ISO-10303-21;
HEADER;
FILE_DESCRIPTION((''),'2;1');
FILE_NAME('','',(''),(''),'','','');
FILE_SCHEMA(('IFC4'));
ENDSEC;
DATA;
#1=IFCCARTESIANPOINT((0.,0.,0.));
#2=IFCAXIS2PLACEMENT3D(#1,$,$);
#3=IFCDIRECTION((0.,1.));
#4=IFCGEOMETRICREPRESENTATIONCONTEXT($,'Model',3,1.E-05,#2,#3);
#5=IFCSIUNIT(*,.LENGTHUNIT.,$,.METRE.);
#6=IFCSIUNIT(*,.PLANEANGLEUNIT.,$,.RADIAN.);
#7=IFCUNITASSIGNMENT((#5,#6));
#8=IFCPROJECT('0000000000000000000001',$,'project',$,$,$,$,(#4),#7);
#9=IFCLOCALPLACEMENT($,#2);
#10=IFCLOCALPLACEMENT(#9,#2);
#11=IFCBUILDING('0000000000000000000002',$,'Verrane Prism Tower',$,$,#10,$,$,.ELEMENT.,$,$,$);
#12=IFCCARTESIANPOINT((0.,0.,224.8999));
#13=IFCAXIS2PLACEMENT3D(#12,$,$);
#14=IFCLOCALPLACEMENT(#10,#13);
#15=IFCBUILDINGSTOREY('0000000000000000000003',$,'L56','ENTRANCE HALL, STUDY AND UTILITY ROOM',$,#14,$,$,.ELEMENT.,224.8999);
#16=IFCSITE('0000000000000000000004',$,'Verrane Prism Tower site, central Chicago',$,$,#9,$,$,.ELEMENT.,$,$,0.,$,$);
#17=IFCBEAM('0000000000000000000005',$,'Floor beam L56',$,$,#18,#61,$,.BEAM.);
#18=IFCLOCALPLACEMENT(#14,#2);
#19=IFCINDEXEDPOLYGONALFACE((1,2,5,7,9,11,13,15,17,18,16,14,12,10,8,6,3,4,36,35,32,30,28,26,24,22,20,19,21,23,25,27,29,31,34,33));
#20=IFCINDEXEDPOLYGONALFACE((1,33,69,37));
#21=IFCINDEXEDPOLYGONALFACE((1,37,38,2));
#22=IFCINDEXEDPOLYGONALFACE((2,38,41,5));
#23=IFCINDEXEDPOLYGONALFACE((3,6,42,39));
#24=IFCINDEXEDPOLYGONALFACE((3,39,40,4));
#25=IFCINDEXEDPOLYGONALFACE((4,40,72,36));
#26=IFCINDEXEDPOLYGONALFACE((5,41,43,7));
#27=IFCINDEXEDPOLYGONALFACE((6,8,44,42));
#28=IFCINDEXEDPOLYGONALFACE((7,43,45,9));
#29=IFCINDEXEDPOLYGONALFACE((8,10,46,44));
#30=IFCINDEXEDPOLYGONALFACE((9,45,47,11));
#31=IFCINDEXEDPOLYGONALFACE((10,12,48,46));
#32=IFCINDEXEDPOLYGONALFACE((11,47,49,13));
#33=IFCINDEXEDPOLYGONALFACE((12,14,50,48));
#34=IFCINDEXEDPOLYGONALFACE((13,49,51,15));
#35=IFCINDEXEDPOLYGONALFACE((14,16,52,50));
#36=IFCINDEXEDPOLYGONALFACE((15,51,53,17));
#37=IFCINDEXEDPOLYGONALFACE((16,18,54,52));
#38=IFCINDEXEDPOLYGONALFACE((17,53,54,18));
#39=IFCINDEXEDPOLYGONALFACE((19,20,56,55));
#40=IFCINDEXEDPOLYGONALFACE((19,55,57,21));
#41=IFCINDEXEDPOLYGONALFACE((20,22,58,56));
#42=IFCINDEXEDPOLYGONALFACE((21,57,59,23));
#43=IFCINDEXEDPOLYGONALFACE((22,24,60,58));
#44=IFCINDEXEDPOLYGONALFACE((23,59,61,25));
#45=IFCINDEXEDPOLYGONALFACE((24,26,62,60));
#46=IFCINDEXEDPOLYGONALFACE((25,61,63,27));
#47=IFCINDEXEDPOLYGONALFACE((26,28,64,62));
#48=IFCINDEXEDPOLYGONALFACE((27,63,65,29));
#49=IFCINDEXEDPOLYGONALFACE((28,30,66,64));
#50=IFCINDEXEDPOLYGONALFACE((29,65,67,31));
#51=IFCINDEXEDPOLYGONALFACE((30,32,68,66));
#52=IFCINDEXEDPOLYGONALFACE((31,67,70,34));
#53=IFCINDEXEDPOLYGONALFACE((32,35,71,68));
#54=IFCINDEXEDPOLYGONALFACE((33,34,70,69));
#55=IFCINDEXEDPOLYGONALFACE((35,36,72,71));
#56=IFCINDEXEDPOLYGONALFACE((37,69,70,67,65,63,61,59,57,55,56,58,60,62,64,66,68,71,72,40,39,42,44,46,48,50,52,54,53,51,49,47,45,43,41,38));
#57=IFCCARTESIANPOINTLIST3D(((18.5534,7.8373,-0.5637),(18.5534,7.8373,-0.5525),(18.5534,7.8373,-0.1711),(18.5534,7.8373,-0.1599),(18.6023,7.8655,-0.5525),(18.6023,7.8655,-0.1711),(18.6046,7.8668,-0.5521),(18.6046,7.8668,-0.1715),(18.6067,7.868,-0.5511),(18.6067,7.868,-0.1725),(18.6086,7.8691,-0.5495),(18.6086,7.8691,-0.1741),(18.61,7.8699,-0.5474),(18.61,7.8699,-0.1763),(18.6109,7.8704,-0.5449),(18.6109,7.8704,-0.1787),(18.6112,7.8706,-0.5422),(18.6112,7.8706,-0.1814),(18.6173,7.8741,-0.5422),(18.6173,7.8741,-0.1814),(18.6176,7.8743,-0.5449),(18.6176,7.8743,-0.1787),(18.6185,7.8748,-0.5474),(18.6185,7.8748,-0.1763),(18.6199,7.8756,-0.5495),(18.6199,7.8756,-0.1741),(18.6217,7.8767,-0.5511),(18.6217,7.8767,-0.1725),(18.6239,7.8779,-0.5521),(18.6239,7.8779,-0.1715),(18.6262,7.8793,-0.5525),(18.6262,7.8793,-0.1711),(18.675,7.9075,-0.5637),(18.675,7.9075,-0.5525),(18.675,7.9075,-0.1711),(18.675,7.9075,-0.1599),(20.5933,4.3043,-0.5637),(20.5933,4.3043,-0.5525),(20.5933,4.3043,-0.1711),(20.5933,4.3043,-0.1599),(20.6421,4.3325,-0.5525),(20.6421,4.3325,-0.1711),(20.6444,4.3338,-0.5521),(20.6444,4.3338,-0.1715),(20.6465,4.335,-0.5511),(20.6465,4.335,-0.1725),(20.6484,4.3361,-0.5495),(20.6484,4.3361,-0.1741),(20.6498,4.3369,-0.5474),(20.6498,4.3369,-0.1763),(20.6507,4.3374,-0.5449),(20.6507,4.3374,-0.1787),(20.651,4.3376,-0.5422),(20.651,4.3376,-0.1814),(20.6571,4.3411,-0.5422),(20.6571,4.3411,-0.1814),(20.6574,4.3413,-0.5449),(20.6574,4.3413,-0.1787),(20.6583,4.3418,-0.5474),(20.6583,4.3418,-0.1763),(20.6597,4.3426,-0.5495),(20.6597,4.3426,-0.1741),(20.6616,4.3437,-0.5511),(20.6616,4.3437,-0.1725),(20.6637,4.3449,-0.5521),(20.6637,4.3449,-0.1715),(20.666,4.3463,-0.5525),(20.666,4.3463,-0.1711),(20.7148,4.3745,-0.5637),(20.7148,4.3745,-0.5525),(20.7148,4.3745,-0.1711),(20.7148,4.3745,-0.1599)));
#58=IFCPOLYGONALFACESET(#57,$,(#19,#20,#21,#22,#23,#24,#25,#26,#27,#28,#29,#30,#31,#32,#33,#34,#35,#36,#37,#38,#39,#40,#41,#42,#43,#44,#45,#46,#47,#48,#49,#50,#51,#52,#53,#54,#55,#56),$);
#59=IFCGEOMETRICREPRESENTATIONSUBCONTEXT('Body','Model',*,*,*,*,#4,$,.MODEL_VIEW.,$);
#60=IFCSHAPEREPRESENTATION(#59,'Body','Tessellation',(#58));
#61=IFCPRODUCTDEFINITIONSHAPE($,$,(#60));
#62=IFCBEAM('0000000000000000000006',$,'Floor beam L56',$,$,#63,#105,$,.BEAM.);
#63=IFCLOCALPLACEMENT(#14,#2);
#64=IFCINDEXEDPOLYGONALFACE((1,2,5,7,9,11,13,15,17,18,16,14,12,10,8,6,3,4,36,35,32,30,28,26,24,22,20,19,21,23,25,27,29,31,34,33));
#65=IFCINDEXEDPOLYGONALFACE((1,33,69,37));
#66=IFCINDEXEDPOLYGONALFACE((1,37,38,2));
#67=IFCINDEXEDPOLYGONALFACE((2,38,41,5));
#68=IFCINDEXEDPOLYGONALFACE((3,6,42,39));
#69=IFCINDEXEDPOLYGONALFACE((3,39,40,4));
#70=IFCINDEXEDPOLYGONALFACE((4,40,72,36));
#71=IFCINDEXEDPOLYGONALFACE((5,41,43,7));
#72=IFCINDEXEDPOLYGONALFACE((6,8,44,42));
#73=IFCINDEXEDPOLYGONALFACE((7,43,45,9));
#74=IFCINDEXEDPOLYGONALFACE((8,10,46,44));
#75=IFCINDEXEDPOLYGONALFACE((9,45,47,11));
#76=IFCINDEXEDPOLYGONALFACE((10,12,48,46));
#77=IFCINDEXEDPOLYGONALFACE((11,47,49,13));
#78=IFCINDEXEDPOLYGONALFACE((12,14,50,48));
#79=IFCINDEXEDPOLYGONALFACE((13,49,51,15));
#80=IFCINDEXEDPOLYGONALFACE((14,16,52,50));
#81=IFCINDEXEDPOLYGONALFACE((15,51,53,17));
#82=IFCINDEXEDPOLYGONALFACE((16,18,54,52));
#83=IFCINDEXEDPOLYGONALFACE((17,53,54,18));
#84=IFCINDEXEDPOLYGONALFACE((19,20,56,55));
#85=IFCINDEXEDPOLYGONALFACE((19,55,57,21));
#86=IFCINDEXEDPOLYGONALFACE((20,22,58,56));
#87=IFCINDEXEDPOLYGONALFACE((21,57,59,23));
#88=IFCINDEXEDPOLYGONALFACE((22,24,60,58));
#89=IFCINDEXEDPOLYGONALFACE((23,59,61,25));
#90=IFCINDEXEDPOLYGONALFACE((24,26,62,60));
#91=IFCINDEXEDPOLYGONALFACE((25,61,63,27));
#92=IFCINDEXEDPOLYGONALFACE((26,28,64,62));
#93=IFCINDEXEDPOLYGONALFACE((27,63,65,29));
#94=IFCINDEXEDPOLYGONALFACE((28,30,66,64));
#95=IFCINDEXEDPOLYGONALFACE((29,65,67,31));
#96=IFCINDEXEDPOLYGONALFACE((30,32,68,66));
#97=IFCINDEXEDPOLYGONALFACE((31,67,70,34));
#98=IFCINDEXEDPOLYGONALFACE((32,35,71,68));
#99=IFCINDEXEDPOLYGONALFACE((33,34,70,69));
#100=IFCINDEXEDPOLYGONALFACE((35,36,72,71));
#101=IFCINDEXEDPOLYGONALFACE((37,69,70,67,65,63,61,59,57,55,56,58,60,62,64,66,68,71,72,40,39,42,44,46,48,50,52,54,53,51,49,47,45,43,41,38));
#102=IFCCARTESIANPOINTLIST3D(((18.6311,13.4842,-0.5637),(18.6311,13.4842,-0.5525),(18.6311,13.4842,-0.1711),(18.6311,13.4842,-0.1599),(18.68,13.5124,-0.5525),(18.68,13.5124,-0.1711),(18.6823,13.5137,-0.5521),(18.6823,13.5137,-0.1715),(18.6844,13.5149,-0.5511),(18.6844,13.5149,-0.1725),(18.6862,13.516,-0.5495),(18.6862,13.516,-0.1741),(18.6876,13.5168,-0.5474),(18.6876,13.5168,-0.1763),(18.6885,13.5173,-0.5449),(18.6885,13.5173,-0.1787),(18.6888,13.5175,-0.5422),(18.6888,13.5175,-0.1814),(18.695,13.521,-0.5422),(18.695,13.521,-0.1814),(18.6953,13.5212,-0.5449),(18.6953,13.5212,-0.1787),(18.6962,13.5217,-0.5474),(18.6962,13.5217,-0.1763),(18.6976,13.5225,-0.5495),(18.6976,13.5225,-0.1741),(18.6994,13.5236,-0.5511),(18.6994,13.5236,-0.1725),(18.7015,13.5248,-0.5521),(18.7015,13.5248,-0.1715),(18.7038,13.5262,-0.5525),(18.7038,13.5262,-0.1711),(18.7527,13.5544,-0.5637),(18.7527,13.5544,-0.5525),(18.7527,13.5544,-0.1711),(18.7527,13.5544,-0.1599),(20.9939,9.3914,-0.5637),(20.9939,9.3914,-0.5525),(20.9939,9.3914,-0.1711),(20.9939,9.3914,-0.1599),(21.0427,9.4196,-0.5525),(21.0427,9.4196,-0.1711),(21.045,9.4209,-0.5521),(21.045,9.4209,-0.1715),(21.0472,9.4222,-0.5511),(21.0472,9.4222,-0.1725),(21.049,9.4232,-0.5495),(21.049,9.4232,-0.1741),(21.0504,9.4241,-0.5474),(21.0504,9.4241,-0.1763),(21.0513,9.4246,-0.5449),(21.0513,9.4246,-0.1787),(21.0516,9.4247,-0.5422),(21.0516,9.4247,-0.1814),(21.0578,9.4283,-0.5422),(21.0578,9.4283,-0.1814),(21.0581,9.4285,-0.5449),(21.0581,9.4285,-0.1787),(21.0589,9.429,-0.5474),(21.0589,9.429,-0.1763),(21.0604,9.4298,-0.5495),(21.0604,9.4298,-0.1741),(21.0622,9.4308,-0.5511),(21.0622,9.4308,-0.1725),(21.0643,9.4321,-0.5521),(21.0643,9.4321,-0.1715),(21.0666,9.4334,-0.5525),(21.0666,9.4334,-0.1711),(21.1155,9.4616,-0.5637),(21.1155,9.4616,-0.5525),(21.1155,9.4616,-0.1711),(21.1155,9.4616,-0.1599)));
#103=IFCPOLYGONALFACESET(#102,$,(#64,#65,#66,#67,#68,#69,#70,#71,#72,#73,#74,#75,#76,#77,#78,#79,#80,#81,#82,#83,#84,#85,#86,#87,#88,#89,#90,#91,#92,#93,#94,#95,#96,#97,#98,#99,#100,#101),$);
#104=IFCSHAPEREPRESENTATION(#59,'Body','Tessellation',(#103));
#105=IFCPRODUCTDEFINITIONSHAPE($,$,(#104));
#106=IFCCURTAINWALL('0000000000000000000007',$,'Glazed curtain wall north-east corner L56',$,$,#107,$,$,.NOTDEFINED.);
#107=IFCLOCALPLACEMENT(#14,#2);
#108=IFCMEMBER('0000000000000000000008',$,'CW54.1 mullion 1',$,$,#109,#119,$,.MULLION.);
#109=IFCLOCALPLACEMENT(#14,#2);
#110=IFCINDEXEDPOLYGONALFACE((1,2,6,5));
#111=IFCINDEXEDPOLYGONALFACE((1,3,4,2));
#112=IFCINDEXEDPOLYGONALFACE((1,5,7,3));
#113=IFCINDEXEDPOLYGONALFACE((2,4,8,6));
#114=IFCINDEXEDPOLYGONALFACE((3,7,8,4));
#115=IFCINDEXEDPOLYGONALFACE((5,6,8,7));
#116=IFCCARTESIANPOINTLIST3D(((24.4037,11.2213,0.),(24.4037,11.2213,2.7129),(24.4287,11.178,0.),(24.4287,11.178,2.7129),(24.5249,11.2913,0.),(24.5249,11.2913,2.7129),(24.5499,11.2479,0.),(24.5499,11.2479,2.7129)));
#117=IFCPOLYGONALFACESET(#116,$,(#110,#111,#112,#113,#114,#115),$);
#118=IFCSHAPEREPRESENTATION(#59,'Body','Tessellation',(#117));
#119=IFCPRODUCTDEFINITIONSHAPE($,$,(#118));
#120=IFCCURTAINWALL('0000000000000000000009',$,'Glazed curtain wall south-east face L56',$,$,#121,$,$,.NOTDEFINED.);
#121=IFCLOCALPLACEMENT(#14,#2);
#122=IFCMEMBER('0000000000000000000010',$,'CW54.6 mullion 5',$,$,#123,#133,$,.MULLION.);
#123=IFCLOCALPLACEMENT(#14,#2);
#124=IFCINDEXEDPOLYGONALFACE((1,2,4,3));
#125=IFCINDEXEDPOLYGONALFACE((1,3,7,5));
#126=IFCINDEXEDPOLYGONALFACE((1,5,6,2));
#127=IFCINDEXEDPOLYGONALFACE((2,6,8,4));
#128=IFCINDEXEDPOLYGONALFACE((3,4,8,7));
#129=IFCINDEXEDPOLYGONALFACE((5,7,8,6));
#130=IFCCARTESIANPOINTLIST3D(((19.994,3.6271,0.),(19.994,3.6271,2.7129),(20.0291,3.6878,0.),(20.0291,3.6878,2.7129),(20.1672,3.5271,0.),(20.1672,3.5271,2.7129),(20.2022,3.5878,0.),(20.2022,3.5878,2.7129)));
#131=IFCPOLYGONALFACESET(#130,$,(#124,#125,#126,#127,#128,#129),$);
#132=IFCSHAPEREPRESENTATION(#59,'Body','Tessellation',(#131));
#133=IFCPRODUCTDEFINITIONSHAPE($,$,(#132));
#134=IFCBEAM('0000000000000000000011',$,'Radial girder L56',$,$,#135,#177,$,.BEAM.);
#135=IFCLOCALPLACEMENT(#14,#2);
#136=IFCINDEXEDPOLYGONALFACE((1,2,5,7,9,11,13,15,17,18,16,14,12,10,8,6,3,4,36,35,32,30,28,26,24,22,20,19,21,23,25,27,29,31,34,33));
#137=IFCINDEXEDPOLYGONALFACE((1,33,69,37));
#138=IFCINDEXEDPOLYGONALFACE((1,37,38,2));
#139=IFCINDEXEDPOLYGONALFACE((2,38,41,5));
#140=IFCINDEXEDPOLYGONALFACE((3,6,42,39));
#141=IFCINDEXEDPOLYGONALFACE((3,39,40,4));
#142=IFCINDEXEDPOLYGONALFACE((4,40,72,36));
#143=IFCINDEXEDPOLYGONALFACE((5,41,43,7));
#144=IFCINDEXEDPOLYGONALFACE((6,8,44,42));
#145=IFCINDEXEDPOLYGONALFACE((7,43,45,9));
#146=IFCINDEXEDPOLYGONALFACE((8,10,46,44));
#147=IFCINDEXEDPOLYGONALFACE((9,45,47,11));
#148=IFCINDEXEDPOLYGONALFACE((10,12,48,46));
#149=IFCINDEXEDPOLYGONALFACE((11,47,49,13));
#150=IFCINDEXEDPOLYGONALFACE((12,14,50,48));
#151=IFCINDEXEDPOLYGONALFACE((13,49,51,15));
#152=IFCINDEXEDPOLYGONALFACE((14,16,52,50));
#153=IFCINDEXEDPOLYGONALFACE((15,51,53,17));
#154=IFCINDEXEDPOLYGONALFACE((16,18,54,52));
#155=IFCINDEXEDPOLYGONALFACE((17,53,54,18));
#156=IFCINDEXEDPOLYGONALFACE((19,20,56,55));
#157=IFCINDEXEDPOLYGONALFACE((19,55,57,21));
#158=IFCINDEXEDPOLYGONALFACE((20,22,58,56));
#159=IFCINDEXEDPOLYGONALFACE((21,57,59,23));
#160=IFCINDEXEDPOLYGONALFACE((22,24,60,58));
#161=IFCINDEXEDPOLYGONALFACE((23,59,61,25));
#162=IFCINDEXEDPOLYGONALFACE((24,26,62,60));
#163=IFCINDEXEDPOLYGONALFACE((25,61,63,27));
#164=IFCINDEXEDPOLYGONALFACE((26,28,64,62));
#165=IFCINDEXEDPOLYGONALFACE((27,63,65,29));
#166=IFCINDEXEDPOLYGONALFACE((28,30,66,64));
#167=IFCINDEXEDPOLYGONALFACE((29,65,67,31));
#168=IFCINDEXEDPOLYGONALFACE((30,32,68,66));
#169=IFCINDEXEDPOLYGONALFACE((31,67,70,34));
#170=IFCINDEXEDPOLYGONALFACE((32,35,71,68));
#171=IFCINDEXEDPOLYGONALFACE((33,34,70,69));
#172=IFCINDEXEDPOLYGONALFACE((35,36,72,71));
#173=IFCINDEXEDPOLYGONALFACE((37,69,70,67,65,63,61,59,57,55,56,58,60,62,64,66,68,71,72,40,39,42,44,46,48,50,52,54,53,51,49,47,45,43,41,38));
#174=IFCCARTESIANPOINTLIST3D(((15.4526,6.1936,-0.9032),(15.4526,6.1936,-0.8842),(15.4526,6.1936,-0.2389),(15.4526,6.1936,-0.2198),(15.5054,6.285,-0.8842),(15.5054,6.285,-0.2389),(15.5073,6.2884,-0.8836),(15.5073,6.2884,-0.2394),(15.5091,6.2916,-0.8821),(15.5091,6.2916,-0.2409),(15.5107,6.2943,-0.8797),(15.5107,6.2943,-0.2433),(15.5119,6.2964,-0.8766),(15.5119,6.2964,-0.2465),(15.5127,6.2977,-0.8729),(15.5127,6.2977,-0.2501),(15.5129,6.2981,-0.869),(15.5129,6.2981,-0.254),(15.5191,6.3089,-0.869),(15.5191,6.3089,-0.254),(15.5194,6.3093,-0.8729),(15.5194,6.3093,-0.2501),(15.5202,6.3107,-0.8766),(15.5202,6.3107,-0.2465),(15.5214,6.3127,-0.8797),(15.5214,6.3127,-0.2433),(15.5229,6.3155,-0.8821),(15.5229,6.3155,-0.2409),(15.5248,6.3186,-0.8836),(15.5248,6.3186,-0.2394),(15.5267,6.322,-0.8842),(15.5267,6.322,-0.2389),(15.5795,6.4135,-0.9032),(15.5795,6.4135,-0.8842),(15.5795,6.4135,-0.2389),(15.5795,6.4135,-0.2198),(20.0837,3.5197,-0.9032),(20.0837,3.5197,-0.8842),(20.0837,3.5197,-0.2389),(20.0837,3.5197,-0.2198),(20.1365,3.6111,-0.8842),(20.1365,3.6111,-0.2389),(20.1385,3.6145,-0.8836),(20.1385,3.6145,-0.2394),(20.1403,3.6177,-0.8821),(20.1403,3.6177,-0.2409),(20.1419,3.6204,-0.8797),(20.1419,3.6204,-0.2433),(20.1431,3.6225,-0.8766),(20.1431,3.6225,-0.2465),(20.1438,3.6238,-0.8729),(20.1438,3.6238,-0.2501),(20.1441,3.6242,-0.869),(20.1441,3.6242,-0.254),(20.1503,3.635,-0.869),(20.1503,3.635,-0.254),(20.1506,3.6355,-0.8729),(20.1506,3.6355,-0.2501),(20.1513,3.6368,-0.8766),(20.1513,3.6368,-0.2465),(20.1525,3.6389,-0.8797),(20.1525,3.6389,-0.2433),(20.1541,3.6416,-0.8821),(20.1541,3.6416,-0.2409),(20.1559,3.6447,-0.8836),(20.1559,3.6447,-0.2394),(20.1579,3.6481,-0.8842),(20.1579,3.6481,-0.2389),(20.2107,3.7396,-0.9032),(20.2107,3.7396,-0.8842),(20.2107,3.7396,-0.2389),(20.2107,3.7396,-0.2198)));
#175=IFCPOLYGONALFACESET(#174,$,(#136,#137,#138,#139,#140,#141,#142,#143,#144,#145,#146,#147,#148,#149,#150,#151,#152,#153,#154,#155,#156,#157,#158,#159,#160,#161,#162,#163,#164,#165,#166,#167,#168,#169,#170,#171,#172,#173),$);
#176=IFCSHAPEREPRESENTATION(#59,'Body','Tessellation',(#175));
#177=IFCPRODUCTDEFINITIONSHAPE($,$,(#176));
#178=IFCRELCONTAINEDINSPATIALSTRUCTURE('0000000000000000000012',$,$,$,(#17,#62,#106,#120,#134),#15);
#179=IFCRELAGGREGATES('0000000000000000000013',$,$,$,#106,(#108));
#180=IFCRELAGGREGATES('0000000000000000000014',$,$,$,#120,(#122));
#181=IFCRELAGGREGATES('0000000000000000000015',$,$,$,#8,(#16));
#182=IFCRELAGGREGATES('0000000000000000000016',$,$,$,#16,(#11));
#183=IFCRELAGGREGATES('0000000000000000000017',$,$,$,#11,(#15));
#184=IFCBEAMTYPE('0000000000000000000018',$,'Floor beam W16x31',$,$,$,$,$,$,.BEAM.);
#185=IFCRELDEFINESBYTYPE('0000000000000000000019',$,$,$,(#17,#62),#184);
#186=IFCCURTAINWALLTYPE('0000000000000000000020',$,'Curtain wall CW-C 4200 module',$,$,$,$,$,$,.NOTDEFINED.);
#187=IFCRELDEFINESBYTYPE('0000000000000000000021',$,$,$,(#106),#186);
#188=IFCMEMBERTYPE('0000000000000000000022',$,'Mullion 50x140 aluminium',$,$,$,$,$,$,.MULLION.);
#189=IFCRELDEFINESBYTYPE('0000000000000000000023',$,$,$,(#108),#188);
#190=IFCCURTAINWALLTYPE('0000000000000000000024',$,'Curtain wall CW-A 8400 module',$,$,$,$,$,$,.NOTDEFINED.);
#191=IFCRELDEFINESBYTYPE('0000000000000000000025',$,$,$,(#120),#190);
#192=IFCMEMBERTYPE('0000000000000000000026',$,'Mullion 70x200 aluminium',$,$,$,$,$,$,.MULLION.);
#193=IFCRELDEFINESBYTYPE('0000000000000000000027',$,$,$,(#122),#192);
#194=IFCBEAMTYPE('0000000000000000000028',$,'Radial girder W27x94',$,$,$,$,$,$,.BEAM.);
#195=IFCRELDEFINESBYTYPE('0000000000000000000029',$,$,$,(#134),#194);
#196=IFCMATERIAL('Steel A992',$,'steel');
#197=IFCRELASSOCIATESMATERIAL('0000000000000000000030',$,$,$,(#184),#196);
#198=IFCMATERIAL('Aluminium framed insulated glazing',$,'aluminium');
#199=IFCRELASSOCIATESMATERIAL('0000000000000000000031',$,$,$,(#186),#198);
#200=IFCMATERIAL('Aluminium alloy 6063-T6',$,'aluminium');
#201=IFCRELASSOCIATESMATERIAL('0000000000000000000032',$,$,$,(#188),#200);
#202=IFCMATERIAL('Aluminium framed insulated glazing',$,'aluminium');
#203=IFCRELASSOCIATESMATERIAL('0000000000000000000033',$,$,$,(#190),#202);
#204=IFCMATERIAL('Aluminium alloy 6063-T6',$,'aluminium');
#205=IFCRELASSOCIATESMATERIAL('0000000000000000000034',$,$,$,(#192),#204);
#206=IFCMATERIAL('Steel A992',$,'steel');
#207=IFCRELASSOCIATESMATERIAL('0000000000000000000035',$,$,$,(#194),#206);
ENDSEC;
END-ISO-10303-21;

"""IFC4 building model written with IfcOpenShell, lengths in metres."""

from ifc_helpers import new_model, si_unit, direction, frame, origin, origin_2d, place, context, subcontext, project, spatial, rectangle, i_section, extrude, material, material_profile, profile_set, type_object, element, aggregate, save


model = new_model("IFC4")

# Units and contexts
model_context = context("Model", 3, precision=1e-05, world=origin(), true_north=direction((0.0, 1.0)))
body_context = subcontext(model_context, "Body", "Model", "MODEL_VIEW")
ifc_project = project(units=[si_unit("LENGTHUNIT", "METRE"), si_unit("PLANEANGLEUNIT", "RADIAN")], contexts=[model_context])

# Site, building, storey
site_placement = place(None, origin())
site = spatial("IfcSite", under=ifc_project, at=site_placement, Name="Verrane Prism Tower site, central Chicago", CompositionType="ELEMENT", RefElevation=0.0)
building_placement = place(site_placement, origin())
building = spatial("IfcBuilding", under=site, at=building_placement, Name="Verrane Prism Tower", CompositionType="ELEMENT")
storey_placement = place(building_placement, frame((0.0, 0.0, 224.8999)))
storey = spatial("IfcBuildingStorey", under=building, at=storey_placement, Name="L56", Description="ENTRANCE HALL, STUDY AND UTILITY ROOM", CompositionType="ELEMENT", Elevation=224.8999)

# Beams
ifc_material_1 = material(Name="Steel A992", Category="steel")
ifc_material_profile_1 = material_profile(ifc_material_1, i_section(OverallWidth=0.1404, OverallDepth=0.4038, WebThickness=0.0071, FlangeThickness=0.0112, FilletRadius=0.0103, at=origin_2d()), Name="W16x31")
ifc_profile_set_1 = profile_set([ifc_material_profile_1], Name="Steel A992")
beam_type_1 = type_object("IfcBeamType", Name="Floor beam W16x31", PredefinedType="BEAM", material=ifc_profile_set_1)
beam_1_placement = place(storey_placement, frame((20.6541, 4.3394, -0.3618), z_axis=(-0.500007, 0.866021, 0.0), x_axis=(-0.866021, -0.500007, 0.0)))
element("IfcBeam", 1, at=beam_1_placement, inside=storey, type_object=beam_type_1, Name="Floor beam L56", PredefinedType="BEAM", context=body_context, shape_type="SweptSolid", body=[
    extrude(i_section(OverallWidth=0.1404, OverallDepth=0.4038, WebThickness=0.0071, FlangeThickness=0.0112, FilletRadius=0.0103, at=origin_2d()), origin(), (0.0, 0.0, 1.0), 4.0796),
])
beam_2_placement = place(storey_placement, frame((21.0547, 9.4265, -0.3618), z_axis=(-0.499973, 0.866041, 0.0), x_axis=(-0.866041, -0.499973, 0.0)))
element("IfcBeam", 2, at=beam_2_placement, inside=storey, type_object=beam_type_1, Name="Floor beam L56", PredefinedType="BEAM", context=body_context, shape_type="SweptSolid", body=[
    extrude(i_section(OverallWidth=0.1404, OverallDepth=0.4038, WebThickness=0.0071, FlangeThickness=0.0112, FilletRadius=0.0103, at=origin_2d()), origin(), (0.0, 0.0, 1.0), 4.7258),
])

# Curtain walls, members
ifc_material_2 = material(Name="Aluminium framed insulated glazing", Category="aluminium")
curtain_wall_type_1 = type_object("IfcCurtainWallType", Name="Curtain wall CW-C 4200 module", PredefinedType="NOTDEFINED", material=ifc_material_2)
curtain_wall_1_placement = place(storey_placement, origin())
curtain_wall_1 = element("IfcCurtainWall", 3, at=curtain_wall_1_placement, inside=storey, type_object=curtain_wall_type_1, Name="Glazed curtain wall north-east corner L56", PredefinedType="NOTDEFINED")
ifc_material_3 = material(Name="Aluminium alloy 6063-T6", Category="aluminium")
ifc_material_profile_2 = material_profile(ifc_material_3, rectangle(XDim=0.1399, YDim=0.05, at=origin_2d()), Name="Mullion 50x140 aluminium")
ifc_profile_set_2 = profile_set([ifc_material_profile_2], Name="Aluminium alloy 6063-T6")
member_type_1 = type_object("IfcMemberType", Name="Mullion 50x140 aluminium", PredefinedType="MULLION", material=ifc_profile_set_2)
member_1_placement = place(storey_placement, frame((24.4768, 11.2346, 0.0), z_axis=(0.0, 0.0, 1.0), x_axis=(-0.866028, -0.499995, 0.0)))
member_1 = element("IfcMember", 4, at=member_1_placement, type_object=member_type_1, Name="CW54.1 mullion 1", PredefinedType="MULLION", context=body_context, shape_type="SweptSolid", body=[
    extrude(rectangle(XDim=0.1399, YDim=0.05, at=origin_2d()), origin(), (0.0, 0.0, 1.0), 2.7129),
])
ifc_material_4 = material(Name="Aluminium framed insulated glazing", Category="aluminium")
curtain_wall_type_2 = type_object("IfcCurtainWallType", Name="Curtain wall CW-A 8400 module", PredefinedType="NOTDEFINED", material=ifc_material_4)
curtain_wall_2_placement = place(storey_placement, origin())
curtain_wall_2 = element("IfcCurtainWall", 5, at=curtain_wall_2_placement, inside=storey, type_object=curtain_wall_type_2, Name="Glazed curtain wall south-east face L56", PredefinedType="NOTDEFINED")
ifc_material_5 = material(Name="Aluminium alloy 6063-T6", Category="aluminium")
ifc_material_profile_3 = material_profile(ifc_material_5, rectangle(XDim=0.2, YDim=0.0701, at=origin_2d()), Name="Mullion 70x200 aluminium")
ifc_profile_set_3 = profile_set([ifc_material_profile_3], Name="Aluminium alloy 6063-T6")
member_type_2 = type_object("IfcMemberType", Name="Mullion 70x200 aluminium", PredefinedType="MULLION", material=ifc_profile_set_3)
member_2_placement = place(storey_placement, frame((20.0981, 3.6074, 0.0), z_axis=(0.0, 0.0, 1.0), x_axis=(-0.866025, 0.500001, 0.0)))
member_2 = element("IfcMember", 6, at=member_2_placement, type_object=member_type_2, Name="CW54.6 mullion 5", PredefinedType="MULLION", context=body_context, shape_type="SweptSolid", body=[
    extrude(rectangle(XDim=0.2, YDim=0.0701, at=origin_2d()), origin(), (0.0, 0.0, 1.0), 2.7129),
])

# Beam
ifc_material_6 = material(Name="Steel A992", Category="steel")
ifc_material_profile_4 = material_profile(ifc_material_6, i_section(OverallWidth=0.2539, OverallDepth=0.6833, WebThickness=0.0125, FlangeThickness=0.019, FilletRadius=0.0151, at=origin_2d()), Name="W27x94")
ifc_profile_set_4 = profile_set([ifc_material_profile_4], Name="Steel A992")
beam_type_2 = type_object("IfcBeamType", Name="Radial girder W27x94", PredefinedType="BEAM", material=ifc_profile_set_4)
beam_3_placement = place(storey_placement, frame((20.1472, 3.6296, -0.5615), z_axis=(-0.866021, 0.500008, 0.0), x_axis=(-0.500008, -0.866021, 0.0)))
element("IfcBeam", 7, at=beam_3_placement, inside=storey, type_object=beam_type_2, Name="Radial girder L56", PredefinedType="BEAM", context=body_context, shape_type="SweptSolid", body=[
    extrude(i_section(OverallWidth=0.2539, OverallDepth=0.6833, WebThickness=0.0125, FlangeThickness=0.019, FilletRadius=0.0151, at=origin_2d()), origin(), (0.0, 0.0, 1.0), 5.3477),
])

aggregate(curtain_wall_1, [member_1])

aggregate(curtain_wall_2, [member_2])

save(model, "model.ifc")
